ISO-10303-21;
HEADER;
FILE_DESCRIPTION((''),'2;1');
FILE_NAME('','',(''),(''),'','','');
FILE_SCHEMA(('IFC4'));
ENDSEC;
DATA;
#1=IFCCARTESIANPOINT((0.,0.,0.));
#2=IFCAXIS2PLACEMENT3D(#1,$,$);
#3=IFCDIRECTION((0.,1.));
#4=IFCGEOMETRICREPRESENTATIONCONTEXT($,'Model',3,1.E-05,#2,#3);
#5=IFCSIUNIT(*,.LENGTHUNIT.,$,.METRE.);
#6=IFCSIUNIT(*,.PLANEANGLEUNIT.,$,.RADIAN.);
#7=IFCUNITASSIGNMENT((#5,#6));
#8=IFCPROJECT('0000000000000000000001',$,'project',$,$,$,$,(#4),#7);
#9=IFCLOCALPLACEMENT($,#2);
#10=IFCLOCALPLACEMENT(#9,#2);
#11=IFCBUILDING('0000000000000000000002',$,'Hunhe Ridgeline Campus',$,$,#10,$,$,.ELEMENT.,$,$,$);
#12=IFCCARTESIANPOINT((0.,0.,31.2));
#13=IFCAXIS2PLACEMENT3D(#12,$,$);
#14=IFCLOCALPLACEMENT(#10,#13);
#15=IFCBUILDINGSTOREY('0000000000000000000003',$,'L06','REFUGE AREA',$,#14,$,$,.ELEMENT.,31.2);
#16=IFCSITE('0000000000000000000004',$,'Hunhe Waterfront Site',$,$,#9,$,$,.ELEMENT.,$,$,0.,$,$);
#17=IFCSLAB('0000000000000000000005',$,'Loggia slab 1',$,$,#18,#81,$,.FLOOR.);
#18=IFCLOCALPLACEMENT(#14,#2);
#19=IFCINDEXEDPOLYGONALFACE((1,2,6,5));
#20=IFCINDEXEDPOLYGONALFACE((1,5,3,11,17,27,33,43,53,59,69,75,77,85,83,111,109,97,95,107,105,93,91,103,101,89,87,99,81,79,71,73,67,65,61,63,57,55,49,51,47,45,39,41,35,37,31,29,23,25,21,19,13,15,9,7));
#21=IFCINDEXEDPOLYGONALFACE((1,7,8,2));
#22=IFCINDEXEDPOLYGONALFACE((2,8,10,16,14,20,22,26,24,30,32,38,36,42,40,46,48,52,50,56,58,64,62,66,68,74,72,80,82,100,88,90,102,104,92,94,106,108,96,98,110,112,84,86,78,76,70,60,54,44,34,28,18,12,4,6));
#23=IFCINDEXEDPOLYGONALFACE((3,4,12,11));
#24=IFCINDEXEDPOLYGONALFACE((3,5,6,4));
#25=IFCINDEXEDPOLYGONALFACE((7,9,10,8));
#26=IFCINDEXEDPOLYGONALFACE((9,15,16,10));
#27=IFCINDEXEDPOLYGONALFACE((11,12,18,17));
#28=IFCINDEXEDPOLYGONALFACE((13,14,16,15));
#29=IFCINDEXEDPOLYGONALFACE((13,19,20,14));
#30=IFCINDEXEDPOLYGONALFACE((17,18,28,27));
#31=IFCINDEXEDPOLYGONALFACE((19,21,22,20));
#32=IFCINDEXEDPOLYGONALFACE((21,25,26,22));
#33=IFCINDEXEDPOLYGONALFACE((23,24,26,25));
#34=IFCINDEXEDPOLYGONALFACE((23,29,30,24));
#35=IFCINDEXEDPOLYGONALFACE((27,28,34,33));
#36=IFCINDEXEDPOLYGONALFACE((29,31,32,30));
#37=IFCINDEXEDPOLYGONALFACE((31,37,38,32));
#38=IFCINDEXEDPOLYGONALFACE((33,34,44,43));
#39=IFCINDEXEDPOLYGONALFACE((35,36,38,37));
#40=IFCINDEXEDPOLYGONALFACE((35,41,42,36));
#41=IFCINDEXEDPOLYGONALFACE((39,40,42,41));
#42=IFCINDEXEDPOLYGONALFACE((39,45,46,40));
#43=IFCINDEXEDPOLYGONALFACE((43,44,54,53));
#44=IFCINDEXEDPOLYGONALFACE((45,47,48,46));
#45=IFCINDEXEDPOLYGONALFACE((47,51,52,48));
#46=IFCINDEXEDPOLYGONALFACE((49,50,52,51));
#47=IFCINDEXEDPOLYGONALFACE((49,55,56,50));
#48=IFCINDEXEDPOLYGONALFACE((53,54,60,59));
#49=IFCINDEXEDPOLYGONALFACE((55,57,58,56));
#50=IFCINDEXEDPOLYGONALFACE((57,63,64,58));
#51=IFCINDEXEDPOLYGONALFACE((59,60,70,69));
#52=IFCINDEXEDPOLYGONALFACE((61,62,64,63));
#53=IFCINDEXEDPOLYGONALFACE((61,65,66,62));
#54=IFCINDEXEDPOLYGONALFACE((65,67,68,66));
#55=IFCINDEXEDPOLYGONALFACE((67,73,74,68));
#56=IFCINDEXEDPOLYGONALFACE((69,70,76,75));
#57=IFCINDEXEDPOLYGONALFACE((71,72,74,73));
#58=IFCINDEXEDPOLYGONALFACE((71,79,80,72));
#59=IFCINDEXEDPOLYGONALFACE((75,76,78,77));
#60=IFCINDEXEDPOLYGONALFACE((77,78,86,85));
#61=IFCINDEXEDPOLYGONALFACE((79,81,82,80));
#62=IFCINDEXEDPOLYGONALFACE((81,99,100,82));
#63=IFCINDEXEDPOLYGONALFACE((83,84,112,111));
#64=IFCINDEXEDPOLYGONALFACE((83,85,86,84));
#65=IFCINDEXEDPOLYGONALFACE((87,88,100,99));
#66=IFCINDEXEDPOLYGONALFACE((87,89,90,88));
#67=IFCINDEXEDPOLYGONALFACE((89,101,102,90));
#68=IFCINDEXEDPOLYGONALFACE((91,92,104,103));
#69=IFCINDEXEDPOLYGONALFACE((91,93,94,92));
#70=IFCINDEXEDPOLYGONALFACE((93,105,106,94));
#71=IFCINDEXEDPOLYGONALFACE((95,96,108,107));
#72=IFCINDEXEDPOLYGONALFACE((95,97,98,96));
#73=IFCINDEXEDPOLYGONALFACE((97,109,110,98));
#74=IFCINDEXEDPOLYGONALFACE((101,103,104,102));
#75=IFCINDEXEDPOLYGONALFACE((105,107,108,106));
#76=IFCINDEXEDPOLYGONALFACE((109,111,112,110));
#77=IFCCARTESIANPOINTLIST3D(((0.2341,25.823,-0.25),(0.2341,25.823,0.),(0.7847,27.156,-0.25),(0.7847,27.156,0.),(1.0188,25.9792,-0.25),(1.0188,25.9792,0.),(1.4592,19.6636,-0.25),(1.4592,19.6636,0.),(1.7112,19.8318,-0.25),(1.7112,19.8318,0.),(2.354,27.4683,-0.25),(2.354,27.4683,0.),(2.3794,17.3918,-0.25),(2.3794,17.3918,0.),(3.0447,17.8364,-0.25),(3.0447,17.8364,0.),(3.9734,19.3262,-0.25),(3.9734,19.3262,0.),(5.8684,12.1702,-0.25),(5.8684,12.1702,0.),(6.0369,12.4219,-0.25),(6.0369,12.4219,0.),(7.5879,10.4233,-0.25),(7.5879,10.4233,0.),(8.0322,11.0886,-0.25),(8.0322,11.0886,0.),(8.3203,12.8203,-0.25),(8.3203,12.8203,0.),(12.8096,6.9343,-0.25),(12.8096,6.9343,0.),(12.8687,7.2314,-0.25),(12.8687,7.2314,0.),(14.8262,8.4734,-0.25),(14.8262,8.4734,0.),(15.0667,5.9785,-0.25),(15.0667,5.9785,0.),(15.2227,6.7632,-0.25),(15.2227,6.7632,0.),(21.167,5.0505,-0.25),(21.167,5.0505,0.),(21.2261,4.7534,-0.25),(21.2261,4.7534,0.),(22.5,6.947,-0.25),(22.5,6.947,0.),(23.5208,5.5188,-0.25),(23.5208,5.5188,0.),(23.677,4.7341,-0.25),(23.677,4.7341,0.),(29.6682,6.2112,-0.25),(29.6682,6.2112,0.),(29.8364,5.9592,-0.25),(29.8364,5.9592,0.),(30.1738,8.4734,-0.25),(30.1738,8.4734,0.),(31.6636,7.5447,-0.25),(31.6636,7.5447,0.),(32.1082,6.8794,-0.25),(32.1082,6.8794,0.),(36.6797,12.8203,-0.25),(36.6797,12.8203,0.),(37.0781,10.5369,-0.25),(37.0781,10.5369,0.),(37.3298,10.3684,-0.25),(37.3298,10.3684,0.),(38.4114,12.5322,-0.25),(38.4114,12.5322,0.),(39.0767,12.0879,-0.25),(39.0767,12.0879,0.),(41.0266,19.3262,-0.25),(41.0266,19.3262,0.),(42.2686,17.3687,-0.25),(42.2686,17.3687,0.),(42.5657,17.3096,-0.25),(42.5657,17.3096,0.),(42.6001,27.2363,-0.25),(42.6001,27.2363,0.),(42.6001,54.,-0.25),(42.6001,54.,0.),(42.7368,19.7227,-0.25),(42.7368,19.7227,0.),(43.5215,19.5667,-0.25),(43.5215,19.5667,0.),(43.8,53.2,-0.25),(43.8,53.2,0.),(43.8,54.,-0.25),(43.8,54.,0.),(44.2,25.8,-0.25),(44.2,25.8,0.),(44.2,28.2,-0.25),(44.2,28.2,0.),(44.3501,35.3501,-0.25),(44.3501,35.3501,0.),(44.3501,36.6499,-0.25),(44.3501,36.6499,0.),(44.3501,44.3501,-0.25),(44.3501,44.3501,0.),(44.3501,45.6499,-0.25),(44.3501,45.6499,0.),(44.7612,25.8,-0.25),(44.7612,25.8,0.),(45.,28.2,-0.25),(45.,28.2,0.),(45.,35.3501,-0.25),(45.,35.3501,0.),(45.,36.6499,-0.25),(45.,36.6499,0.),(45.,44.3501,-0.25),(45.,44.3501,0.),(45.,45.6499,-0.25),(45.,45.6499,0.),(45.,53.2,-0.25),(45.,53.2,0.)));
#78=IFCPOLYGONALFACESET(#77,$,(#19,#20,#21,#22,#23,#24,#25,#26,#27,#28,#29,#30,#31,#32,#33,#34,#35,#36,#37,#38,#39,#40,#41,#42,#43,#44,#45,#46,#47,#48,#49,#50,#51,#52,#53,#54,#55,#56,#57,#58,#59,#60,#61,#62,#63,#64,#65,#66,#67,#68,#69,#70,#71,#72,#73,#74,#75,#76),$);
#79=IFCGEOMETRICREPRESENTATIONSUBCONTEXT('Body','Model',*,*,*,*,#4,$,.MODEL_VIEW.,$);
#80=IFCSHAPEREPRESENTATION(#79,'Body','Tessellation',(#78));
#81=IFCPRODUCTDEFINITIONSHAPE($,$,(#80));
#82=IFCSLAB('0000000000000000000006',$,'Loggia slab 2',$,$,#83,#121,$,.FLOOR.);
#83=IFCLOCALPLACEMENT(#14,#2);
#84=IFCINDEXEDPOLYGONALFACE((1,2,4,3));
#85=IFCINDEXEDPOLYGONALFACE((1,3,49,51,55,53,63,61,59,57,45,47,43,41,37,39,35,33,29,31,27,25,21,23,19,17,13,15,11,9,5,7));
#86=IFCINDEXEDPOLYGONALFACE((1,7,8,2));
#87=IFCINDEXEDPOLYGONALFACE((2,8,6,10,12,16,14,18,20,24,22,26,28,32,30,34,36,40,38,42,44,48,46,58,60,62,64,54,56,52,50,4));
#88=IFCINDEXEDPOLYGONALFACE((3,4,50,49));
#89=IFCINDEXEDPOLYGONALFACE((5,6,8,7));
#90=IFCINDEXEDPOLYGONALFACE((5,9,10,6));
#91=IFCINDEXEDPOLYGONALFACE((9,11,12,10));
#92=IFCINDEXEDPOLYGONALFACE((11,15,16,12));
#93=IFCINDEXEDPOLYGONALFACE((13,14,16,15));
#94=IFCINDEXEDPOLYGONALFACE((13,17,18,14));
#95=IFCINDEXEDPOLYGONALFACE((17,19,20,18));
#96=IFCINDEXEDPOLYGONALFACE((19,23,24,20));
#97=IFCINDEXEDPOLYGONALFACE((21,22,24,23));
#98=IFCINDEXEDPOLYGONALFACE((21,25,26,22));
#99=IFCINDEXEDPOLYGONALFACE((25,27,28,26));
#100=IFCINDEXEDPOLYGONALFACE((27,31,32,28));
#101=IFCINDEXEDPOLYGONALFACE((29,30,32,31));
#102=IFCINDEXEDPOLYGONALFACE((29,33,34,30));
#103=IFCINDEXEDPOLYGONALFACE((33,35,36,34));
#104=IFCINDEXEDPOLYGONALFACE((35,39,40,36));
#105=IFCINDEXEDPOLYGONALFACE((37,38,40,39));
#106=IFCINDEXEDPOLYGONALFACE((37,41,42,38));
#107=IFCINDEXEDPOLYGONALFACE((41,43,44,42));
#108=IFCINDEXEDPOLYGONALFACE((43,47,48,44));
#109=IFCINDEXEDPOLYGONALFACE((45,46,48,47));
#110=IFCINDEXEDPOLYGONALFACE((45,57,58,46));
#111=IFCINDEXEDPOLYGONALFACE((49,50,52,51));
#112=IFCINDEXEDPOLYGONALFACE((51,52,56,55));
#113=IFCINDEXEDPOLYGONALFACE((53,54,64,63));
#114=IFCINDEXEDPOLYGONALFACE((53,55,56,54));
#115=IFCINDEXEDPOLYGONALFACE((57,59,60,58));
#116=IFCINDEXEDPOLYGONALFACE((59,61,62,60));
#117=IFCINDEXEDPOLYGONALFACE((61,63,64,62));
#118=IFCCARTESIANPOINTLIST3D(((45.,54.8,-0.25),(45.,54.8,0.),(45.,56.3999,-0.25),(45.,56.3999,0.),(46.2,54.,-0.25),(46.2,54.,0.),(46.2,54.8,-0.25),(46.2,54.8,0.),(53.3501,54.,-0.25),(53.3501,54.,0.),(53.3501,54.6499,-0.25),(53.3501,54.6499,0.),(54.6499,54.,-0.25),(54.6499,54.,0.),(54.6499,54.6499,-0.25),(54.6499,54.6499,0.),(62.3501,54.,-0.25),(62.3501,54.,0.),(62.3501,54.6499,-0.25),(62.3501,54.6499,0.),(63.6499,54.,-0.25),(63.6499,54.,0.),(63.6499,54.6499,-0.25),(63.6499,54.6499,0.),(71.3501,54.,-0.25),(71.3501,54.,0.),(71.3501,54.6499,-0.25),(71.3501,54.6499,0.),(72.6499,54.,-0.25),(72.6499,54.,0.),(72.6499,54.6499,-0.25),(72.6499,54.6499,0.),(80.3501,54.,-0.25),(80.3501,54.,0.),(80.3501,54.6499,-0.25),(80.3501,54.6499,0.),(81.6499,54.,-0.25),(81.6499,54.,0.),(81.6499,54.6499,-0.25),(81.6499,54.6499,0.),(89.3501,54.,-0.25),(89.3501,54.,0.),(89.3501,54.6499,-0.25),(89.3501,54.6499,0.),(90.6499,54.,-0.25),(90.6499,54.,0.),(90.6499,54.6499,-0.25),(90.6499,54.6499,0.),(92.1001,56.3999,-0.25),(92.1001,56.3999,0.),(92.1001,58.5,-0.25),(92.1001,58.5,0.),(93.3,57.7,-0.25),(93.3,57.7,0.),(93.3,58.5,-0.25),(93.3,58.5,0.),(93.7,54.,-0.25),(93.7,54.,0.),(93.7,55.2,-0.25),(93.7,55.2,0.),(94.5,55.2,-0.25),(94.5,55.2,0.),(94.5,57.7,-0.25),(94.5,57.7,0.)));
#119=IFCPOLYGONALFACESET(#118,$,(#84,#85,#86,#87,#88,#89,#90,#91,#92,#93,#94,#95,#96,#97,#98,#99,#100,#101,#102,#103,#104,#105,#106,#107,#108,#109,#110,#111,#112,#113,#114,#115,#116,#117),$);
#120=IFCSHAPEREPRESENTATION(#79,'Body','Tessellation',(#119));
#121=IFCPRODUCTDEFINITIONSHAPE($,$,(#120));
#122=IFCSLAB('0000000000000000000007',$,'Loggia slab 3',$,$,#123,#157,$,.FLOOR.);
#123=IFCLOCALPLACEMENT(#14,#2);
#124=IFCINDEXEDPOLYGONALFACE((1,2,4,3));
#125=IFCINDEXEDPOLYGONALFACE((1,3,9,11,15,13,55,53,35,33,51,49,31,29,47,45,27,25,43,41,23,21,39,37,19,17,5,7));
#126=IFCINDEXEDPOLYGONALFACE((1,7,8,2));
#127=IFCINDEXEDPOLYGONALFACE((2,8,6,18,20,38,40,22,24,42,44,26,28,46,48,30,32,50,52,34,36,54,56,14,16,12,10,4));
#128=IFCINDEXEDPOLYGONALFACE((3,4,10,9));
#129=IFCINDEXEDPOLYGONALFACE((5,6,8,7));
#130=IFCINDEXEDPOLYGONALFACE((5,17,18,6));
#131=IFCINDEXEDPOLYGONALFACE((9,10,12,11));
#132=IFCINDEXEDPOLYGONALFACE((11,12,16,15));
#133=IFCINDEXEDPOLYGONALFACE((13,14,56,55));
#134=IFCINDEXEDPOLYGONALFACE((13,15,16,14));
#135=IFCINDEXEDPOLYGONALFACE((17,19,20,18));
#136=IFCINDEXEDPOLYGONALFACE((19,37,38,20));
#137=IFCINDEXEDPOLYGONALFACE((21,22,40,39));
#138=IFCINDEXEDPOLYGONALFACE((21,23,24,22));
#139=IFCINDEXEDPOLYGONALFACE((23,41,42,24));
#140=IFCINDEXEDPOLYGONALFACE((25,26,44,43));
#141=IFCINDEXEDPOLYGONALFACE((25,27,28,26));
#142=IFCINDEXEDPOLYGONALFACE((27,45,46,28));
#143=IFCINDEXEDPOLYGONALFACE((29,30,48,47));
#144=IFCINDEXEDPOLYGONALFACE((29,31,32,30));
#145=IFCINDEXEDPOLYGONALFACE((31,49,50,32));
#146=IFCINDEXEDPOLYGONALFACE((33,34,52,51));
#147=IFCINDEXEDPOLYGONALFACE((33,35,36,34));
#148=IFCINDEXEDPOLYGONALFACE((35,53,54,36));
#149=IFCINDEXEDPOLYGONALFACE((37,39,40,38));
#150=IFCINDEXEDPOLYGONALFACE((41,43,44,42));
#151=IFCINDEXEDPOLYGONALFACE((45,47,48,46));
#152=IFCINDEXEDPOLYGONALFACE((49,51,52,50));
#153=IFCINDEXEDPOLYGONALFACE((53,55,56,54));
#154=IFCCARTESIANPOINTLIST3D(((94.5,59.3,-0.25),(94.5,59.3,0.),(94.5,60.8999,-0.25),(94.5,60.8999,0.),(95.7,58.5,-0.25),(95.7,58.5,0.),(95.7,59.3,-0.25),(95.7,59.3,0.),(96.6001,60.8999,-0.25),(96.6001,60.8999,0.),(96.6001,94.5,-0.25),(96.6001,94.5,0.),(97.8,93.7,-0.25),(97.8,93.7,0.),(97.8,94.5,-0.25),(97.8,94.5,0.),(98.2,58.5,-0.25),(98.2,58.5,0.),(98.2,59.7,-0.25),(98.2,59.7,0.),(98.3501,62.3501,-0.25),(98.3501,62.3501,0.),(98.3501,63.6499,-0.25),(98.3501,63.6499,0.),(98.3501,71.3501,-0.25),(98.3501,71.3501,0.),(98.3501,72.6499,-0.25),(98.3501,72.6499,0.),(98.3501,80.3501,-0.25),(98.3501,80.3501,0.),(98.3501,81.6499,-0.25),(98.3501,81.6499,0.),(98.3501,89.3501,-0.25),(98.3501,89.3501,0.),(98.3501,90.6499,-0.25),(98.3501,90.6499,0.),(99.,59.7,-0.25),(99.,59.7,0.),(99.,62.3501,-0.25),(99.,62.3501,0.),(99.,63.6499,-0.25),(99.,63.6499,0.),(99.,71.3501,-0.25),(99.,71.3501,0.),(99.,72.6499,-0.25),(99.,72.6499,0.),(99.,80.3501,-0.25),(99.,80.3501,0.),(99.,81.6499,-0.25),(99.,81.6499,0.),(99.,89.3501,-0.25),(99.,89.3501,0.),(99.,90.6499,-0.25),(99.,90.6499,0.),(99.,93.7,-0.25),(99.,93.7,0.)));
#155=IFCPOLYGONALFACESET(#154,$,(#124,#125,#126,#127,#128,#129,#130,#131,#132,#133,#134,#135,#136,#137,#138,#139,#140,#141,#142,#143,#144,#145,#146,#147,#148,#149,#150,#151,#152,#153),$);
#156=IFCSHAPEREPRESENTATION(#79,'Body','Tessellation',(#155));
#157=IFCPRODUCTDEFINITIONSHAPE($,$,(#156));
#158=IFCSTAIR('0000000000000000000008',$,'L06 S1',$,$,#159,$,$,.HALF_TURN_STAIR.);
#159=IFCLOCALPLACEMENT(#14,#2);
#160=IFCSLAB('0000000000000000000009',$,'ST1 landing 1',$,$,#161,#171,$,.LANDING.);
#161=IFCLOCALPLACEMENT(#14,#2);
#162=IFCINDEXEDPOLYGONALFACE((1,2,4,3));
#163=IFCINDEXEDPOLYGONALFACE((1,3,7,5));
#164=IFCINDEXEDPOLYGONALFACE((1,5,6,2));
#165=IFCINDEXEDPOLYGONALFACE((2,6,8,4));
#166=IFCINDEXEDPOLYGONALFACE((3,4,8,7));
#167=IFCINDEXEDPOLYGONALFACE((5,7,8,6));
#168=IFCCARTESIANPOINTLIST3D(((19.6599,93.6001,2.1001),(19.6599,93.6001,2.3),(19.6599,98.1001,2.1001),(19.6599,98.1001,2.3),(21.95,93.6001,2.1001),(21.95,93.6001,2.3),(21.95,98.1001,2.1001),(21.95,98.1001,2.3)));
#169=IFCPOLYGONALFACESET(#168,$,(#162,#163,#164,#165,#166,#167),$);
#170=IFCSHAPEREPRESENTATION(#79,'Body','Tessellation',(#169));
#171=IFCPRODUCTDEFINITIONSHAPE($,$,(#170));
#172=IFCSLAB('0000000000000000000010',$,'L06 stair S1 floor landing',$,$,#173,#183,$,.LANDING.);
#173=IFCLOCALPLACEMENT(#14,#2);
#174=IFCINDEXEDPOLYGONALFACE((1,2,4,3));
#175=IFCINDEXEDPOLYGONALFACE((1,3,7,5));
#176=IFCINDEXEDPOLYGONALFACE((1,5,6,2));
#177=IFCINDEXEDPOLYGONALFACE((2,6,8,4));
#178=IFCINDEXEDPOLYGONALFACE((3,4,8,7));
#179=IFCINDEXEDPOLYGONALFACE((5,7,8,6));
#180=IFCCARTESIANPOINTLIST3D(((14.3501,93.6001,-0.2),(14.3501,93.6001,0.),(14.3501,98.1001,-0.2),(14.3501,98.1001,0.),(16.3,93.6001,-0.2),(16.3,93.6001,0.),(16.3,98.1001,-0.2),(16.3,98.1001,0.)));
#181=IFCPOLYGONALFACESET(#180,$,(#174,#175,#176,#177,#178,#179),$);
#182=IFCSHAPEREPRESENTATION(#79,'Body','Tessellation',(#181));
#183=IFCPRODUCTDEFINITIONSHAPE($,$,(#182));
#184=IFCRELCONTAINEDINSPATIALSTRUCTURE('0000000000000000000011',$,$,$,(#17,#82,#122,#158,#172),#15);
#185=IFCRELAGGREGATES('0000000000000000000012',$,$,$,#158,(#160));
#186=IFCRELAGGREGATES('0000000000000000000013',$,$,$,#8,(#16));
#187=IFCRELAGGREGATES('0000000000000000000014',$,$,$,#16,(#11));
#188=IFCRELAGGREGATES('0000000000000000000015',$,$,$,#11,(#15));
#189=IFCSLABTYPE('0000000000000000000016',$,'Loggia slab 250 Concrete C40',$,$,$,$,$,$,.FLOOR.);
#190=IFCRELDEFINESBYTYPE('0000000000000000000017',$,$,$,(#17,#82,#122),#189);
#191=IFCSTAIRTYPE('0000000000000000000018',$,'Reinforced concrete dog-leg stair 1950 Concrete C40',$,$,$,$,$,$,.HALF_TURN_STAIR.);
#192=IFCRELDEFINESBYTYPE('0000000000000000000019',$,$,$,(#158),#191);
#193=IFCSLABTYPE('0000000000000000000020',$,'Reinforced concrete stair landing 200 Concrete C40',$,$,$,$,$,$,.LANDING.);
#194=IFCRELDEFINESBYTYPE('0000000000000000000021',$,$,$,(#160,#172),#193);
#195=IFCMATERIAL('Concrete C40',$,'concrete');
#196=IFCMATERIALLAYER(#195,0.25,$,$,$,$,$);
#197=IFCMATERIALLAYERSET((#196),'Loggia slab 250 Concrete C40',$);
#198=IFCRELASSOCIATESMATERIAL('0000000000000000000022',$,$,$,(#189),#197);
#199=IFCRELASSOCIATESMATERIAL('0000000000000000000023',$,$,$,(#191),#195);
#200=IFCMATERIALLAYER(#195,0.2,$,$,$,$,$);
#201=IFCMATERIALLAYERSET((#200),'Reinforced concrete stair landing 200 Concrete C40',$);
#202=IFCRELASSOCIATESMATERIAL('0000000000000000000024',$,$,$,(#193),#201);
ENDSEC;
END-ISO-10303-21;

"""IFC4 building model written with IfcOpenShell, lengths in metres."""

from ifc_helpers import new_model, si_unit, direction, frame, origin, place, context, subcontext, project, spatial, polyline, outline, extrude, material, layer, layer_set, type_object, element, aggregate, save


model = new_model("IFC4")

# Units and contexts
model_context = context("Model", 3, precision=1e-05, world=origin(), true_north=direction((0.0, 1.0)))
body_context = subcontext(model_context, "Body", "Model", "MODEL_VIEW")
ifc_project = project(units=[si_unit("LENGTHUNIT", "METRE"), si_unit("PLANEANGLEUNIT", "RADIAN")], contexts=[model_context])

# Site, building, storey
site_placement = place(None, origin())
site = spatial("IfcSite", under=ifc_project, at=site_placement, Name="Hunhe Waterfront Site", CompositionType="ELEMENT", RefElevation=0.0)
building_placement = place(site_placement, origin())
building = spatial("IfcBuilding", under=site, at=building_placement, Name="Hunhe Ridgeline Campus", CompositionType="ELEMENT")
storey_placement = place(building_placement, frame((0.0, 0.0, 31.2)))
storey = spatial("IfcBuildingStorey", under=building, at=storey_placement, Name="L06", Description="REFUGE AREA", CompositionType="ELEMENT", Elevation=31.2)

# Slabs
ifc_material_1 = material(Name="Concrete C40", Category="concrete")
ifc_layer_1 = layer(ifc_material_1, 0.25)
ifc_layer_set_1 = layer_set([ifc_layer_1], Name="Loggia slab 250 Concrete C40")
slab_type_1 = type_object("IfcSlabType", Name="Loggia slab 250 Concrete C40", PredefinedType="FLOOR", material=ifc_layer_set_1)
slab_1_placement = place(storey_placement, frame((0.0, 0.0, -0.25)))
element("IfcSlab", 1, at=slab_1_placement, inside=storey, type_object=slab_type_1, Name="Loggia slab 1", PredefinedType="FLOOR", context=body_context, shape_type="SweptSolid", body=[
    extrude(outline(polyline([(30.1738, 8.4734), (22.5, 6.947), (14.8262, 8.4734), (8.3203, 12.8203), (3.9734, 19.3262), (2.354, 27.4683), (0.7847, 27.156), (1.0188, 25.9792), (0.2341, 25.823), (1.4592, 19.6636), (1.7112, 19.8318), (3.0447, 17.8364), (2.3794, 17.3918), (5.8684, 12.1702), (6.0369, 12.4219), (8.0322, 11.0886), (7.5879, 10.4233), (12.8096, 6.9343), (12.8687, 7.2314), (15.2227, 6.7632), (15.0667, 5.9785), (21.2261, 4.7534), (21.167, 5.0505), (23.5208, 5.5188), (23.677, 4.7341), (29.8364, 5.9592), (29.6682, 6.2112), (31.6636, 7.5447), (32.1082, 6.8794), (37.3298, 10.3684), (37.0781, 10.5369), (38.4114, 12.5322), (39.0767, 12.0879), (42.5657, 17.3096), (42.2686, 17.3687), (42.7368, 19.7227), (43.5215, 19.5667), (44.7612, 25.8), (44.2, 25.8), (44.2, 28.2), (45.0, 28.2), (45.0, 35.3501), (44.3501, 35.3501), (44.3501, 36.6499), (45.0, 36.6499), (45.0, 44.3501), (44.3501, 44.3501), (44.3501, 45.6499), (45.0, 45.6499), (45.0, 53.2), (43.8, 53.2), (43.8, 54.0), (42.6001, 54.0), (42.6001, 27.2363), (41.0266, 19.3262), (36.6797, 12.8203), (30.1738, 8.4734)])), origin(), (0.0, 0.0, 1.0), 0.25),
])
slab_2_placement = place(storey_placement, frame((0.0, 0.0, -0.25)))
element("IfcSlab", 2, at=slab_2_placement, inside=storey, type_object=slab_type_1, Name="Loggia slab 2", PredefinedType="FLOOR", context=body_context, shape_type="SweptSolid", body=[
    extrude(outline(polyline([(45.0, 54.8), (46.2, 54.8), (46.2, 54.0), (53.3501, 54.0), (53.3501, 54.6499), (54.6499, 54.6499), (54.6499, 54.0), (62.3501, 54.0), (62.3501, 54.6499), (63.6499, 54.6499), (63.6499, 54.0), (71.3501, 54.0), (71.3501, 54.6499), (72.6499, 54.6499), (72.6499, 54.0), (80.3501, 54.0), (80.3501, 54.6499), (81.6499, 54.6499), (81.6499, 54.0), (89.3501, 54.0), (89.3501, 54.6499), (90.6499, 54.6499), (90.6499, 54.0), (93.7, 54.0), (93.7, 55.2), (94.5, 55.2), (94.5, 57.7), (93.3, 57.7), (93.3, 58.5), (92.1001, 58.5), (92.1001, 56.3999), (45.0, 56.3999), (45.0, 54.8)])), origin(), (0.0, 0.0, 1.0), 0.25),
])
slab_3_placement = place(storey_placement, frame((0.0, 0.0, -0.25)))
element("IfcSlab", 3, at=slab_3_placement, inside=storey, type_object=slab_type_1, Name="Loggia slab 3", PredefinedType="FLOOR", context=body_context, shape_type="SweptSolid", body=[
    extrude(outline(polyline([(94.5, 59.3), (95.7, 59.3), (95.7, 58.5), (98.2, 58.5), (98.2, 59.7), (99.0, 59.7), (99.0, 62.3501), (98.3501, 62.3501), (98.3501, 63.6499), (99.0, 63.6499), (99.0, 71.3501), (98.3501, 71.3501), (98.3501, 72.6499), (99.0, 72.6499), (99.0, 80.3501), (98.3501, 80.3501), (98.3501, 81.6499), (99.0, 81.6499), (99.0, 89.3501), (98.3501, 89.3501), (98.3501, 90.6499), (99.0, 90.6499), (99.0, 93.7), (97.8, 93.7), (97.8, 94.5), (96.6001, 94.5), (96.6001, 60.8999), (94.5, 60.8999), (94.5, 59.3)])), origin(), (0.0, 0.0, 1.0), 0.25),
])

# Stair, slab
stair_type = type_object("IfcStairType", Name="Reinforced concrete dog-leg stair 1950 Concrete C40", PredefinedType="HALF_TURN_STAIR", material=ifc_material_1)
stair_1_placement = place(storey_placement, origin())
stair_1 = element("IfcStair", 4, at=stair_1_placement, inside=storey, type_object=stair_type, Name="L06 S1", PredefinedType="HALF_TURN_STAIR")
ifc_layer_2 = layer(ifc_material_1, 0.2)
ifc_layer_set_2 = layer_set([ifc_layer_2], Name="Reinforced concrete stair landing 200 Concrete C40")
slab_type_2 = type_object("IfcSlabType", Name="Reinforced concrete stair landing 200 Concrete C40", PredefinedType="LANDING", material=ifc_layer_set_2)
slab_4_placement = place(storey_placement, frame((0.0, 0.0, 2.1001)))
slab_4 = element("IfcSlab", 5, at=slab_4_placement, type_object=slab_type_2, Name="ST1 landing 1", PredefinedType="LANDING", context=body_context, shape_type="SweptSolid", body=[
    extrude(outline(polyline([(19.6599, 93.6001), (21.95, 93.6001), (21.95, 98.1001), (19.6599, 98.1001), (19.6599, 93.6001)])), origin(), (0.0, 0.0, 1.0), 0.2),
])
aggregate(stair_1, [slab_4])

# Slab
slab_5_placement = place(storey_placement, frame((0.0, 0.0, -0.2)))
element("IfcSlab", 6, at=slab_5_placement, inside=storey, type_object=slab_type_2, Name="L06 stair S1 floor landing", PredefinedType="LANDING", context=body_context, shape_type="SweptSolid", body=[
    extrude(outline(polyline([(14.3501, 93.6001), (16.3, 93.6001), (16.3, 98.1001), (14.3501, 98.1001), (14.3501, 93.6001)])), origin(), (0.0, 0.0, 1.0), 0.2),
])

save(model, "model.ifc")
